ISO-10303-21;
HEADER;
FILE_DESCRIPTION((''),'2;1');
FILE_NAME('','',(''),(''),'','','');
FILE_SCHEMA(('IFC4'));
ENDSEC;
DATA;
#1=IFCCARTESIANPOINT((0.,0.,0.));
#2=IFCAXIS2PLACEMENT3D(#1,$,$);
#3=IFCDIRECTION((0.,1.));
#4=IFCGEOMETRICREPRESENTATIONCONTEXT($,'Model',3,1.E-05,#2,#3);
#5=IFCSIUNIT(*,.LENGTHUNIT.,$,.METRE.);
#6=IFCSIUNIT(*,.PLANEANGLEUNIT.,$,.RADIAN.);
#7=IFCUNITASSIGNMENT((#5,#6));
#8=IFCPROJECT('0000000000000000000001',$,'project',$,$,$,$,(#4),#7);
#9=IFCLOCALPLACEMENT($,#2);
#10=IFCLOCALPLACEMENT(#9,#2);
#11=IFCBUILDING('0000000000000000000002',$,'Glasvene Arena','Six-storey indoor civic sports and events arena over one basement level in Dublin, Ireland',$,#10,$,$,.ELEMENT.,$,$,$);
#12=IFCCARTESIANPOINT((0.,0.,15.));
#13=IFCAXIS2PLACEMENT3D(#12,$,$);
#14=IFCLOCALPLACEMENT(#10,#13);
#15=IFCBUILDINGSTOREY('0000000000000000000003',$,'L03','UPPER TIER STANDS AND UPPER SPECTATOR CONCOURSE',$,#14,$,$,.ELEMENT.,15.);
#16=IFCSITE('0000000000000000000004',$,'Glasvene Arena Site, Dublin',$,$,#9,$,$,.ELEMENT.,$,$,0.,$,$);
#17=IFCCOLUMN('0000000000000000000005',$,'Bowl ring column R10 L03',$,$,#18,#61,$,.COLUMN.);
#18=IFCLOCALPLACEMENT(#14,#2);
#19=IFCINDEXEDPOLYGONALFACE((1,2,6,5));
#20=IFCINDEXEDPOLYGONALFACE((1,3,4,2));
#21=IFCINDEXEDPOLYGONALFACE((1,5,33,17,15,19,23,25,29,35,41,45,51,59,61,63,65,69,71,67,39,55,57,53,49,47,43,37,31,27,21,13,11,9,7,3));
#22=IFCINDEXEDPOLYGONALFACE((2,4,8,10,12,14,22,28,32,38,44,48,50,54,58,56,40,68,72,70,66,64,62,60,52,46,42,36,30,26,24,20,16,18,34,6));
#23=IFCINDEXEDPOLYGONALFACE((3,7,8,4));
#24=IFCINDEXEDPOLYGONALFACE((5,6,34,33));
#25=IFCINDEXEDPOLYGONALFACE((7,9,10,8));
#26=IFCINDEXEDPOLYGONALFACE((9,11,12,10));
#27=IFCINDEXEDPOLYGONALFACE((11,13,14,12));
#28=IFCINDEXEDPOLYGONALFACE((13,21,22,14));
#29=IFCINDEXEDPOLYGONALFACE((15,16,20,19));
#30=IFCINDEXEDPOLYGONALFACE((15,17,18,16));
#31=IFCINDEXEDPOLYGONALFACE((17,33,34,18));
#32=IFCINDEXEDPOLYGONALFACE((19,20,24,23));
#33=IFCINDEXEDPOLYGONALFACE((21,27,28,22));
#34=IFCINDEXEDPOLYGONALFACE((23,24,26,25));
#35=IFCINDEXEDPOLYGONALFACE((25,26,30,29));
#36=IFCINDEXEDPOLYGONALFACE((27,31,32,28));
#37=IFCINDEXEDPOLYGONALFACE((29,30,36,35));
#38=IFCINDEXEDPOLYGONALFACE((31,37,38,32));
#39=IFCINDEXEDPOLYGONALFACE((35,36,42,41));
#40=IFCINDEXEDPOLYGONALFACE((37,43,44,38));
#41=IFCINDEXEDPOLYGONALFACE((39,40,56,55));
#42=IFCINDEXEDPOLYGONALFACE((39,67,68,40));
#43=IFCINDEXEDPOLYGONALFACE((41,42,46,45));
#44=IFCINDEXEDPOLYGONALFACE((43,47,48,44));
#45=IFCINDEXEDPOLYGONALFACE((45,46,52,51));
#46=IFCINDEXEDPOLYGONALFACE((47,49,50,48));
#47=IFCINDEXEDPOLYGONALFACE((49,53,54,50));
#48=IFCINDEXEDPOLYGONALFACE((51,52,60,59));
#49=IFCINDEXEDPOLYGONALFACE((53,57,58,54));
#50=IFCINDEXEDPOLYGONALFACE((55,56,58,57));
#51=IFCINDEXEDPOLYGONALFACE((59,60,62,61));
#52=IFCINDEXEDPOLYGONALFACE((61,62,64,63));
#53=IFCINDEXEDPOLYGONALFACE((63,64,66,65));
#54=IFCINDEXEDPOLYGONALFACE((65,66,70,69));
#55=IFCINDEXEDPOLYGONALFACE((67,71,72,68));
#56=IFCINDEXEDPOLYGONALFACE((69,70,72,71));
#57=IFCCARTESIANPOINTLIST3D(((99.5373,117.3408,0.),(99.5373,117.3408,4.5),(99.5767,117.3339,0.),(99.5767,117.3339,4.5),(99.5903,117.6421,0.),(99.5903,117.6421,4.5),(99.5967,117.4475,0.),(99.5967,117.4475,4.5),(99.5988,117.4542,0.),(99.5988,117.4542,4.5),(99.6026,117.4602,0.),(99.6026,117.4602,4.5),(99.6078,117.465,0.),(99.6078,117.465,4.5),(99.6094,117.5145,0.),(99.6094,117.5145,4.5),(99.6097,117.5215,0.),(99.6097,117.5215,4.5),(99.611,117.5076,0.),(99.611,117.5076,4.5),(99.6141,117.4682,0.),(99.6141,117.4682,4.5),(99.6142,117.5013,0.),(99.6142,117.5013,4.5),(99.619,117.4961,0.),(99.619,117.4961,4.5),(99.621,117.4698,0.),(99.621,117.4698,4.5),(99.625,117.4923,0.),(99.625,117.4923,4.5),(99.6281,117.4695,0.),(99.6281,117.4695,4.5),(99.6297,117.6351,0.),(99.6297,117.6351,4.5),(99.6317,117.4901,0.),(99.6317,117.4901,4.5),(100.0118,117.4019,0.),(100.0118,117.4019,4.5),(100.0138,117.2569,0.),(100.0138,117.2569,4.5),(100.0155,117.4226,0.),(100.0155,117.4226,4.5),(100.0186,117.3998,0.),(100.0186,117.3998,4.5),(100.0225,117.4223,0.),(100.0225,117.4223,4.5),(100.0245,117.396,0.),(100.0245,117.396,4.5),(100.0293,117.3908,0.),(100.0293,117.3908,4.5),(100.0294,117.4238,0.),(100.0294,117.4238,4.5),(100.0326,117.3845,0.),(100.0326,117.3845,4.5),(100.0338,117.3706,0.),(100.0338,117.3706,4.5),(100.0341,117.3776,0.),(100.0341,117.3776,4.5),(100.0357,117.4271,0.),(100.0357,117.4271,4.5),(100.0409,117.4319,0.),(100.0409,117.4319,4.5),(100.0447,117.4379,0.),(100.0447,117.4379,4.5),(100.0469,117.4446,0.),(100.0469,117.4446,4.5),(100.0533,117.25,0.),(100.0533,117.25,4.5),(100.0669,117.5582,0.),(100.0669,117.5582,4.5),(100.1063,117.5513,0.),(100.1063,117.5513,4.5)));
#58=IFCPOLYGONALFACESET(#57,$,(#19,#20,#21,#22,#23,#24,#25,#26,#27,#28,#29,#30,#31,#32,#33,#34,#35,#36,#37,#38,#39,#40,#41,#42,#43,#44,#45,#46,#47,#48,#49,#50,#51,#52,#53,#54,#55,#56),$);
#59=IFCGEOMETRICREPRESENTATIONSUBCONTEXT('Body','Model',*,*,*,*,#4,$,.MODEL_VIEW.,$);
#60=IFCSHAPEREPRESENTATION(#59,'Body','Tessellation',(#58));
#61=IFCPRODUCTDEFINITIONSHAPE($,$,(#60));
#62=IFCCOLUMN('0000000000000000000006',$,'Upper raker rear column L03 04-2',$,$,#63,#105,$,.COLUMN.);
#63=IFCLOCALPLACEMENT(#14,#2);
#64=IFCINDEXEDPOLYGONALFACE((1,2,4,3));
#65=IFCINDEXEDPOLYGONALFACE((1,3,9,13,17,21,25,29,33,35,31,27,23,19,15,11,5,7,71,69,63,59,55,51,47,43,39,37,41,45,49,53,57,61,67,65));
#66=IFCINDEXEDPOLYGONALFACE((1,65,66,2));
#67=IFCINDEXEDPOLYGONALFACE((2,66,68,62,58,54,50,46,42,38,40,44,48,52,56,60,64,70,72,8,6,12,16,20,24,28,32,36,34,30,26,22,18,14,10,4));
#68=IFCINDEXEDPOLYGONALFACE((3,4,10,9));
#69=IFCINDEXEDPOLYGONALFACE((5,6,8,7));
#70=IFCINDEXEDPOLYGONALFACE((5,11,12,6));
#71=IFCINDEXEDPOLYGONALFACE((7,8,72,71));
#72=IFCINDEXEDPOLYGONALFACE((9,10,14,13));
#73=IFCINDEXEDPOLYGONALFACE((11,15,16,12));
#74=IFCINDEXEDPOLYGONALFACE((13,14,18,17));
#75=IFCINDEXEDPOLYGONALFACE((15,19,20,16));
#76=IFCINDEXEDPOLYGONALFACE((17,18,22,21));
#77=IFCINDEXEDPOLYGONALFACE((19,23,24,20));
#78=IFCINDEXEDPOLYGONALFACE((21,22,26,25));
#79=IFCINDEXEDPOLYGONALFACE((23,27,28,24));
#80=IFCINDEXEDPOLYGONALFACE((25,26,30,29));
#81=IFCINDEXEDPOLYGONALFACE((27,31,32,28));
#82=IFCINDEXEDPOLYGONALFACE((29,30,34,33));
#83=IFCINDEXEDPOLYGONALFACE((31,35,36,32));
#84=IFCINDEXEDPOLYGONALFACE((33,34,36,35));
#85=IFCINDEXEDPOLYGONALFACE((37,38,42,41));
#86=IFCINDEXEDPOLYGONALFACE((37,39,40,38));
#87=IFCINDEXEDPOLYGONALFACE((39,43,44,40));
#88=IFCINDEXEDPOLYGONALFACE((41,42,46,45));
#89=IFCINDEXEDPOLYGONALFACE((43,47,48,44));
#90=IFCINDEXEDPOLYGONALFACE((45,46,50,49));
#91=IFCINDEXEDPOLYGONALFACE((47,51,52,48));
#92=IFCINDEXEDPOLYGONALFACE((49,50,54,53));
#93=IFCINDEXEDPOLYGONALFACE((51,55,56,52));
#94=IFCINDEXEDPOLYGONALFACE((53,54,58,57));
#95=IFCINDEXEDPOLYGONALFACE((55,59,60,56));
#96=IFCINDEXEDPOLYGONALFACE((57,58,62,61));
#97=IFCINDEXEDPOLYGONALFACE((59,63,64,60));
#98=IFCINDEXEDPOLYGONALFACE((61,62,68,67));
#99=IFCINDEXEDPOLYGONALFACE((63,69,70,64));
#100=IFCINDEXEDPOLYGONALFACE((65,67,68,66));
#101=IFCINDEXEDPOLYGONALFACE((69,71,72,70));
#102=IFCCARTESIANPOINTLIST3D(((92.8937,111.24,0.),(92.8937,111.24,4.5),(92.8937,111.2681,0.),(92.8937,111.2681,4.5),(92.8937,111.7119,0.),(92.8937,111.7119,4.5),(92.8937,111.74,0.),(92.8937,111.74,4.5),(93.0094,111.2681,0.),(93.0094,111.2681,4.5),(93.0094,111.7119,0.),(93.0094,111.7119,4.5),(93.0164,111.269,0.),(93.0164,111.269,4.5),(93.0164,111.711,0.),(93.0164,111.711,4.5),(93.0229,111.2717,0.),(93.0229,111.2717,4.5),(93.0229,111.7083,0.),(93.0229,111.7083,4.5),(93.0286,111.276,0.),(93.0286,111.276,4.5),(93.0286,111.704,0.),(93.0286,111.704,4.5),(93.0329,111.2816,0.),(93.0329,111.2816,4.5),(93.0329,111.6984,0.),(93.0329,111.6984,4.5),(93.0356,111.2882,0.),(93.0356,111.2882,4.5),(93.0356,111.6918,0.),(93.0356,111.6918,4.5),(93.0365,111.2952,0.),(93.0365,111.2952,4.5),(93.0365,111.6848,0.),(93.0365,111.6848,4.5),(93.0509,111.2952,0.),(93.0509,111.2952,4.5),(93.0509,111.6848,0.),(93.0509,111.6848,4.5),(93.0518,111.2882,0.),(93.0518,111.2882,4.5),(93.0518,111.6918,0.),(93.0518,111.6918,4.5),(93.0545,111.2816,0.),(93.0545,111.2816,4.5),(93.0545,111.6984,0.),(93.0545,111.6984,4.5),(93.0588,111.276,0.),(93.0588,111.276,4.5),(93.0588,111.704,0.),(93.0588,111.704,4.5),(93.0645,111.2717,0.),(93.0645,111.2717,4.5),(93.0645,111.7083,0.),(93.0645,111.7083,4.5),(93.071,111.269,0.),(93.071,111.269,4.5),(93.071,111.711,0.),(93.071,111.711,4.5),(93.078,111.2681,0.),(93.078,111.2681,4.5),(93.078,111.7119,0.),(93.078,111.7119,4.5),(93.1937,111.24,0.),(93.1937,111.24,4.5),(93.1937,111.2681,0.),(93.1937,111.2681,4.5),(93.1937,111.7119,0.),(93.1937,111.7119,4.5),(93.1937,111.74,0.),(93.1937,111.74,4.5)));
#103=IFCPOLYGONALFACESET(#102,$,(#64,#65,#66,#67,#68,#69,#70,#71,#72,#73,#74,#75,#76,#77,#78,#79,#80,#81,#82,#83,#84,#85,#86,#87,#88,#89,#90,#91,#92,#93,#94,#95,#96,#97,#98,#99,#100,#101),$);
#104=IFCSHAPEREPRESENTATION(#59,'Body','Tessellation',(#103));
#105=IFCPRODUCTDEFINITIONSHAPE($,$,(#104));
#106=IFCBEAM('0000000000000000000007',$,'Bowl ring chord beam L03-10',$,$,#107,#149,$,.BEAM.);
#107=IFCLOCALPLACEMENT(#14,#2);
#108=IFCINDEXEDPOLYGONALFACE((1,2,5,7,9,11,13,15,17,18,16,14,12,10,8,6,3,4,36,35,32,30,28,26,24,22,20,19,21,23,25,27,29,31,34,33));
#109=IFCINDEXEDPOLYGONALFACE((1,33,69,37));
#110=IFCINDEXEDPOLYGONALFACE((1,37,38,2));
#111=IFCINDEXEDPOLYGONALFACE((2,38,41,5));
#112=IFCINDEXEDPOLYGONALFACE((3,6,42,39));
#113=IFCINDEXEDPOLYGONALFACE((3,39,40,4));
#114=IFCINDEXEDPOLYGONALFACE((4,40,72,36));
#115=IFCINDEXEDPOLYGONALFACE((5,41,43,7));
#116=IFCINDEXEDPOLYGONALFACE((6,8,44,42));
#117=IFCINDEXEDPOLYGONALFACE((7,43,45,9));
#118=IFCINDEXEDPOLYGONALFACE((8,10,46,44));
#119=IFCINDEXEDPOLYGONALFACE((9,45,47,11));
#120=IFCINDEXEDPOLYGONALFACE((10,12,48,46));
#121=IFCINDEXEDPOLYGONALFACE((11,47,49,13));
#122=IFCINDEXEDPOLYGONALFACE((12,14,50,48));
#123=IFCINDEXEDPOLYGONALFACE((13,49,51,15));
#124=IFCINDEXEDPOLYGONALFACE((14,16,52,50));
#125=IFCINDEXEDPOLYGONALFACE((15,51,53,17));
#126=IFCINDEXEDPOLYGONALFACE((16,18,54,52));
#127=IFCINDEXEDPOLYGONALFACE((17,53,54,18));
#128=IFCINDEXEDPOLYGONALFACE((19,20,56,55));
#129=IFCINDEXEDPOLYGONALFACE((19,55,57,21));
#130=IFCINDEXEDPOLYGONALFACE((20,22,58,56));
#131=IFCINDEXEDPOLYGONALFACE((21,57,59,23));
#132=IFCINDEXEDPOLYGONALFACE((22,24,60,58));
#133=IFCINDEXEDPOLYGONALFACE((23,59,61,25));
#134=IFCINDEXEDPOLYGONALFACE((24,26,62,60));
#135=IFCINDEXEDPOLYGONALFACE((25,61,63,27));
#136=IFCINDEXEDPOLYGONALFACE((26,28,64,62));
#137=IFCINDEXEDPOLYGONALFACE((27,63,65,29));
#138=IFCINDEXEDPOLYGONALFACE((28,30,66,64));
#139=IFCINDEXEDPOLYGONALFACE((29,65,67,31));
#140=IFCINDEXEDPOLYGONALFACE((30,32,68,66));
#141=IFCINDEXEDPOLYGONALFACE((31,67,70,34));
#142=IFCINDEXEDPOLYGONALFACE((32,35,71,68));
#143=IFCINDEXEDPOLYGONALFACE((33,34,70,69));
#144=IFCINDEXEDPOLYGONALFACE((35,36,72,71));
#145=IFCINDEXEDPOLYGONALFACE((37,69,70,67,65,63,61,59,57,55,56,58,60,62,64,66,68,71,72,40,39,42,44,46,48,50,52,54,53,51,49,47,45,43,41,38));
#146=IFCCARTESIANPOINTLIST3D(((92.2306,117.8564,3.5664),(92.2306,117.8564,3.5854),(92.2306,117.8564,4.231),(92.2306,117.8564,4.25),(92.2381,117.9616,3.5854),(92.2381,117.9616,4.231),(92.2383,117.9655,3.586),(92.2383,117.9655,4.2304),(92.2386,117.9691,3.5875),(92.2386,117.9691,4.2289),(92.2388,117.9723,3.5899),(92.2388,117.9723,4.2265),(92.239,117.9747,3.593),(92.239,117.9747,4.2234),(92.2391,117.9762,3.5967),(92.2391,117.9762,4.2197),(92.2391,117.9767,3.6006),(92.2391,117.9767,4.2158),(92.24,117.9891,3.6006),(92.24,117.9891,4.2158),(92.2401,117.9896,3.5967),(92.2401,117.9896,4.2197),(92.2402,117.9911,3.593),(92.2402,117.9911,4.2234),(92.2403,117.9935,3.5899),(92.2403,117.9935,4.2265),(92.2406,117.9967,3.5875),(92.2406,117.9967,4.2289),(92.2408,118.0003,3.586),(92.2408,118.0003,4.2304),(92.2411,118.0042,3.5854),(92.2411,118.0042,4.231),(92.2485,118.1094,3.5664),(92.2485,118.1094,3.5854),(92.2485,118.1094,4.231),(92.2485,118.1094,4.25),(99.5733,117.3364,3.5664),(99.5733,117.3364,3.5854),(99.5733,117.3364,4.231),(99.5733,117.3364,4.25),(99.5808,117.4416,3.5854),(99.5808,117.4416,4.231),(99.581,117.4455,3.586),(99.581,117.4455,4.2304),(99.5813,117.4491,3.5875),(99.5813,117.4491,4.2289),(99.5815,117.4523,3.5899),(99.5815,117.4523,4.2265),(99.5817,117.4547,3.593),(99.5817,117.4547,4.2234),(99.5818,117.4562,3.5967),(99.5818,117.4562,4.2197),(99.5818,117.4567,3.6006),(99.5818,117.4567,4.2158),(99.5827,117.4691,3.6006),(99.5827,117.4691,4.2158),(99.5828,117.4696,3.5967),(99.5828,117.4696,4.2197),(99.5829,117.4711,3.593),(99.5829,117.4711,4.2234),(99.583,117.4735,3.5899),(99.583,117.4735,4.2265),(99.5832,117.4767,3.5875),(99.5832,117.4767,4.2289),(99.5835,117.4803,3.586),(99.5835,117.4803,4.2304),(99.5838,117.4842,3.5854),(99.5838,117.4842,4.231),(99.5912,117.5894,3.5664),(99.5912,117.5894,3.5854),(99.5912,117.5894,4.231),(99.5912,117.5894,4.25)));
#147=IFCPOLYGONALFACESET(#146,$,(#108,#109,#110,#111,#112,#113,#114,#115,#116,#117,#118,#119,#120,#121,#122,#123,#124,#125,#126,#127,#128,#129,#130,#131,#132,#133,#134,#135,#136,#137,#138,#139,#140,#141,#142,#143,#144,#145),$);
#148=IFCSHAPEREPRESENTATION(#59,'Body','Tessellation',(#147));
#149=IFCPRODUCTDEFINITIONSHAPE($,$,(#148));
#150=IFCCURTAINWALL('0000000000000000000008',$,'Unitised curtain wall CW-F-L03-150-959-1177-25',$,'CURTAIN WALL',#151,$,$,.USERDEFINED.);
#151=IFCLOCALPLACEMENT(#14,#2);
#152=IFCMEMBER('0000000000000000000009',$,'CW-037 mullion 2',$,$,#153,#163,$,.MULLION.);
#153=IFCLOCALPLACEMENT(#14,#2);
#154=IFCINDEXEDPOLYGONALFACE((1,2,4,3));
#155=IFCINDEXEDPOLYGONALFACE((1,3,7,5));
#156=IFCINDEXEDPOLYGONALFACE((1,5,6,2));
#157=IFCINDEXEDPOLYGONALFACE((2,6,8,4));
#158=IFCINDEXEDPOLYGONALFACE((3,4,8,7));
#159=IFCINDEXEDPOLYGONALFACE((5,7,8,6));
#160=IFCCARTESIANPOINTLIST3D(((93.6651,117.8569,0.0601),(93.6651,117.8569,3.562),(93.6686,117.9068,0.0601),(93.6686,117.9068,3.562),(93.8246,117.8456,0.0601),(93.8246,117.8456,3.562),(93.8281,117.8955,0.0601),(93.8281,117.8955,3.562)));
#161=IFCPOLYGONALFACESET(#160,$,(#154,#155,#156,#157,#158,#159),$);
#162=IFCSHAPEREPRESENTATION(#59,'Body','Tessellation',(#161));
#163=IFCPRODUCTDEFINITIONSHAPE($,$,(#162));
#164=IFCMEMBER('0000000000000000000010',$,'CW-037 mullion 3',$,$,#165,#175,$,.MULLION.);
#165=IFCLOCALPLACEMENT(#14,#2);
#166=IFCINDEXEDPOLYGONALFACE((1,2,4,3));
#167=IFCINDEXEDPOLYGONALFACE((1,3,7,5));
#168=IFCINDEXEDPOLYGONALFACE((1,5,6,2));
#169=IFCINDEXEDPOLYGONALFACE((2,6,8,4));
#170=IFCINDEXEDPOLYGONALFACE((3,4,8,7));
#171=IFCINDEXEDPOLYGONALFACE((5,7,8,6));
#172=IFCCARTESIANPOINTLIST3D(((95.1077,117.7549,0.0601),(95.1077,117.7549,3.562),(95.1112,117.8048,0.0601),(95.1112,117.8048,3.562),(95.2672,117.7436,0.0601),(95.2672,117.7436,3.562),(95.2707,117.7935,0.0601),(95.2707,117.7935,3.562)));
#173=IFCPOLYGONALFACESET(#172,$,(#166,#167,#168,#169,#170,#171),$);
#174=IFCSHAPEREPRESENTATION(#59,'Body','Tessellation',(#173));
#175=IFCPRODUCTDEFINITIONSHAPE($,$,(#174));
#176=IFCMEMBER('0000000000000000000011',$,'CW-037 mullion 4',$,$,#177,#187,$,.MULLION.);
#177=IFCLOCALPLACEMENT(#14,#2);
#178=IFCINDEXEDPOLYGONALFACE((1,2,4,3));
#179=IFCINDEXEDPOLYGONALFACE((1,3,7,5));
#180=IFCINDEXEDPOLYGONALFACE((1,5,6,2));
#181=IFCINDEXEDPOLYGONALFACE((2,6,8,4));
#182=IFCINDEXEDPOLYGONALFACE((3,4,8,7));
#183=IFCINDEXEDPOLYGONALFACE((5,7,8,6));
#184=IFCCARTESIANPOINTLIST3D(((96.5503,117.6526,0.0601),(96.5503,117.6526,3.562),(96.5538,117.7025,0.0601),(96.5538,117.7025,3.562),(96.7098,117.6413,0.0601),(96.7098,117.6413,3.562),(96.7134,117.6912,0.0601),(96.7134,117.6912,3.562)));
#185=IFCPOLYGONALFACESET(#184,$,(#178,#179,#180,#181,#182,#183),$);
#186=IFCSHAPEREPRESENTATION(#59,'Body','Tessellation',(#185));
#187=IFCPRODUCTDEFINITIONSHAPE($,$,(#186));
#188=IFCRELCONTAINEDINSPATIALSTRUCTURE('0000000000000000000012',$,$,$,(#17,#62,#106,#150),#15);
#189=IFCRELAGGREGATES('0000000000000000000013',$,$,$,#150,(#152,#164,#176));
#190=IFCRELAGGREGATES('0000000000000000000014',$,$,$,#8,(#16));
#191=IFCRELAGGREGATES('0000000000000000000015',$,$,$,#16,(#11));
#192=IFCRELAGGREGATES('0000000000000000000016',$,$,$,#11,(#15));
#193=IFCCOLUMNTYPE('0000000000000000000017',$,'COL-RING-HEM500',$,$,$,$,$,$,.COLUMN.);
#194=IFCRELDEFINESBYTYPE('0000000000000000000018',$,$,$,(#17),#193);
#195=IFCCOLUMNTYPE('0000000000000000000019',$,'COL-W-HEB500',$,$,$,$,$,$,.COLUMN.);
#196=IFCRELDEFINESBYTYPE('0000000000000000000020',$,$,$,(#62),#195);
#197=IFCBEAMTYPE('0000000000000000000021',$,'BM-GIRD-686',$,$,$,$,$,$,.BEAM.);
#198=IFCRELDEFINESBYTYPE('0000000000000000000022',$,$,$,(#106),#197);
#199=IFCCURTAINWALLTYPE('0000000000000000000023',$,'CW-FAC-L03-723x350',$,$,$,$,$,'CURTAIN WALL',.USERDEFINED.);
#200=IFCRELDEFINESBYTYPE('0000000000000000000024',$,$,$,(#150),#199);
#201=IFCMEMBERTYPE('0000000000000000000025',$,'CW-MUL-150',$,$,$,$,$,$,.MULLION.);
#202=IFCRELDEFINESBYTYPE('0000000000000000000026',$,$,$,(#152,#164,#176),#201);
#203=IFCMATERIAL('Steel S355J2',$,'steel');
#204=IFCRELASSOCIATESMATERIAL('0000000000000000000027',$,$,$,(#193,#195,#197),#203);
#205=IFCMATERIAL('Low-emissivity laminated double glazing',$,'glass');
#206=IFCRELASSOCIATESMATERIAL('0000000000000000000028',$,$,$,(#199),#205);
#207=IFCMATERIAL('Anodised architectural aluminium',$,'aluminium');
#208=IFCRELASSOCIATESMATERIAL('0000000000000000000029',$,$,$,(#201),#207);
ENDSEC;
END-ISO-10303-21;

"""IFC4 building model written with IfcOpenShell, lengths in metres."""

from ifc_helpers import new_model, si_unit, direction, frame, origin, origin_2d, place, context, subcontext, project, spatial, rectangle, i_section, extrude, material, material_profile, profile_set, type_object, element, aggregate, save


model = new_model("IFC4")

# Units and contexts
model_context = context("Model", 3, precision=1e-05, world=origin(), true_north=direction((0.0, 1.0)))
body_context = subcontext(model_context, "Body", "Model", "MODEL_VIEW")
ifc_project = project(units=[si_unit("LENGTHUNIT", "METRE"), si_unit("PLANEANGLEUNIT", "RADIAN")], contexts=[model_context])

# Site, building, storey
site_placement = place(None, origin())
site = spatial("IfcSite", under=ifc_project, at=site_placement, Name="Glasvene Arena Site, Dublin", CompositionType="ELEMENT", RefElevation=0.0)
building_placement = place(site_placement, origin())
building = spatial("IfcBuilding", under=site, at=building_placement, Name="Glasvene Arena", Description="Six-storey indoor civic sports and events arena over one basement level in Dublin, Ireland", CompositionType="ELEMENT")
storey_placement = place(building_placement, frame((0.0, 0.0, 15.0)))
storey = spatial("IfcBuildingStorey", under=building, at=storey_placement, Name="L03", Description="UPPER TIER STANDS AND UPPER SPECTATOR CONCOURSE", CompositionType="ELEMENT", Elevation=15.0)

# Columns
ifc_material_1 = material(Name="Steel S355J2", Category="steel")
ifc_material_profile_1 = material_profile(ifc_material_1, i_section(OverallWidth=0.3059, OverallDepth=0.5239, WebThickness=0.021, FlangeThickness=0.04, FilletRadius=0.0271, at=origin_2d()), Name="HEM 500")
ifc_profile_set_1 = profile_set([ifc_material_profile_1], Name="Steel S355J2")
column_type_1 = type_object("IfcColumnType", Name="COL-RING-HEM500", PredefinedType="COLUMN", material=ifc_profile_set_1)
column_1_placement = place(storey_placement, frame((99.8218, 117.446, 0.0), z_axis=(0.0, 0.0, 1.0), x_axis=(0.173304, 0.984868, 0.0)))
element("IfcColumn", 1, at=column_1_placement, inside=storey, type_object=column_type_1, Name="Bowl ring column R10 L03", PredefinedType="COLUMN", context=body_context, shape_type="SweptSolid", body=[
    extrude(i_section(OverallWidth=0.3059, OverallDepth=0.5239, WebThickness=0.021, FlangeThickness=0.04, FilletRadius=0.0271, at=origin_2d()), origin(), (0.0, 0.0, 1.0), 4.5),
])
ifc_material_profile_2 = material_profile(ifc_material_1, i_section(OverallWidth=0.3, OverallDepth=0.5, WebThickness=0.0144, FlangeThickness=0.0281, FilletRadius=0.0271, at=origin_2d()), Name="HEB 500")
ifc_profile_set_2 = profile_set([ifc_material_profile_2], Name="Steel S355J2")
column_type_2 = type_object("IfcColumnType", Name="COL-W-HEB500", PredefinedType="COLUMN", material=ifc_profile_set_2)
column_2_placement = place(storey_placement, frame((93.0437, 111.49, 0.0), z_axis=(0.0, 0.0, 1.0), x_axis=(1.0, 0.0, 0.0)))
element("IfcColumn", 2, at=column_2_placement, inside=storey, type_object=column_type_2, Name="Upper raker rear column L03 04-2", PredefinedType="COLUMN", context=body_context, shape_type="SweptSolid", body=[
    extrude(i_section(OverallWidth=0.3, OverallDepth=0.5, WebThickness=0.0144, FlangeThickness=0.0281, FilletRadius=0.0271, at=origin_2d()), origin(), (0.0, 0.0, 1.0), 4.5),
])

# Beam
ifc_material_profile_3 = material_profile(ifc_material_1, i_section(OverallWidth=0.2537, OverallDepth=0.6836, WebThickness=0.0125, FlangeThickness=0.019, FilletRadius=0.0151, at=origin_2d()), Name="UKB 686x254x140")
ifc_profile_set_3 = profile_set([ifc_material_profile_3], Name="Steel S355J2")
beam_type = type_object("IfcBeamType", Name="BM-GIRD-686", PredefinedType="BEAM", material=ifc_profile_set_3)
beam_placement = place(storey_placement, frame((99.5823, 117.4629, 3.9082), z_axis=(-0.997502, 0.070644, 0.0), x_axis=(-0.070644, -0.997502, 0.0)))
element("IfcBeam", 3, at=beam_placement, inside=storey, type_object=beam_type, Name="Bowl ring chord beam L03-10", PredefinedType="BEAM", context=body_context, shape_type="SweptSolid", body=[
    extrude(i_section(OverallWidth=0.2537, OverallDepth=0.6836, WebThickness=0.0125, FlangeThickness=0.019, FilletRadius=0.0151, at=origin_2d()), origin(), (0.0, 0.0, 1.0), 7.3611),
])

# Curtain wall, members
ifc_material_2 = material(Name="Low-emissivity laminated double glazing", Category="glass")
curtain_wall_type = type_object("IfcCurtainWallType", Name="CW-FAC-L03-723x350", ElementType="CURTAIN WALL", PredefinedType="USERDEFINED", material=ifc_material_2)
curtain_wall_placement = place(storey_placement, frame((92.304, 117.9785, 0.0)))
curtain_wall = element("IfcCurtainWall", 4, at=curtain_wall_placement, inside=storey, type_object=curtain_wall_type, Name="Unitised curtain wall CW-F-L03-150-959-1177-25", ObjectType="CURTAIN WALL", PredefinedType="USERDEFINED")
ifc_material_3 = material(Name="Anodised architectural aluminium", Category="aluminium")
ifc_material_profile_4 = material_profile(ifc_material_3, rectangle(XDim=0.05, YDim=0.1599, at=origin_2d()), Name="ALU MULLION 50x160")
ifc_profile_set_4 = profile_set([ifc_material_profile_4], Name="Anodised architectural aluminium")
member_type_1 = type_object("IfcMemberType", Name="CW-MUL-150", PredefinedType="MULLION", material=ifc_profile_set_4)
member_1_placement = place(storey_placement, frame((93.7466, 117.8762, 0.0601), z_axis=(0.0, 0.0, 1.0), x_axis=(0.070652, 0.997501, 0.0)))
member_1 = element("IfcMember", 5, at=member_1_placement, type_object=member_type_1, Name="CW-037 mullion 2", PredefinedType="MULLION", context=body_context, shape_type="SweptSolid", body=[
    extrude(rectangle(XDim=0.05, YDim=0.1599, at=origin_2d()), origin(), (0.0, 0.0, 1.0), 3.502),
])
member_2_placement = place(storey_placement, frame((95.1892, 117.7742, 0.0601), z_axis=(0.0, 0.0, 1.0), x_axis=(0.070652, 0.997501, 0.0)))
member_2 = element("IfcMember", 6, at=member_2_placement, type_object=member_type_1, Name="CW-037 mullion 3", PredefinedType="MULLION", context=body_context, shape_type="SweptSolid", body=[
    extrude(rectangle(XDim=0.05, YDim=0.1599, at=origin_2d()), origin(), (0.0, 0.0, 1.0), 3.502),
])
member_3_placement = place(storey_placement, frame((96.6318, 117.6719, 0.0601), z_axis=(0.0, 0.0, 1.0), x_axis=(0.070652, 0.997501, 0.0)))
member_3 = element("IfcMember", 7, at=member_3_placement, type_object=member_type_1, Name="CW-037 mullion 4", PredefinedType="MULLION", context=body_context, shape_type="SweptSolid", body=[
    extrude(rectangle(XDim=0.05, YDim=0.1599, at=origin_2d()), origin(), (0.0, 0.0, 1.0), 3.502),
])
aggregate(curtain_wall, [member_1, member_2, member_3])

save(model, "model.ifc")
